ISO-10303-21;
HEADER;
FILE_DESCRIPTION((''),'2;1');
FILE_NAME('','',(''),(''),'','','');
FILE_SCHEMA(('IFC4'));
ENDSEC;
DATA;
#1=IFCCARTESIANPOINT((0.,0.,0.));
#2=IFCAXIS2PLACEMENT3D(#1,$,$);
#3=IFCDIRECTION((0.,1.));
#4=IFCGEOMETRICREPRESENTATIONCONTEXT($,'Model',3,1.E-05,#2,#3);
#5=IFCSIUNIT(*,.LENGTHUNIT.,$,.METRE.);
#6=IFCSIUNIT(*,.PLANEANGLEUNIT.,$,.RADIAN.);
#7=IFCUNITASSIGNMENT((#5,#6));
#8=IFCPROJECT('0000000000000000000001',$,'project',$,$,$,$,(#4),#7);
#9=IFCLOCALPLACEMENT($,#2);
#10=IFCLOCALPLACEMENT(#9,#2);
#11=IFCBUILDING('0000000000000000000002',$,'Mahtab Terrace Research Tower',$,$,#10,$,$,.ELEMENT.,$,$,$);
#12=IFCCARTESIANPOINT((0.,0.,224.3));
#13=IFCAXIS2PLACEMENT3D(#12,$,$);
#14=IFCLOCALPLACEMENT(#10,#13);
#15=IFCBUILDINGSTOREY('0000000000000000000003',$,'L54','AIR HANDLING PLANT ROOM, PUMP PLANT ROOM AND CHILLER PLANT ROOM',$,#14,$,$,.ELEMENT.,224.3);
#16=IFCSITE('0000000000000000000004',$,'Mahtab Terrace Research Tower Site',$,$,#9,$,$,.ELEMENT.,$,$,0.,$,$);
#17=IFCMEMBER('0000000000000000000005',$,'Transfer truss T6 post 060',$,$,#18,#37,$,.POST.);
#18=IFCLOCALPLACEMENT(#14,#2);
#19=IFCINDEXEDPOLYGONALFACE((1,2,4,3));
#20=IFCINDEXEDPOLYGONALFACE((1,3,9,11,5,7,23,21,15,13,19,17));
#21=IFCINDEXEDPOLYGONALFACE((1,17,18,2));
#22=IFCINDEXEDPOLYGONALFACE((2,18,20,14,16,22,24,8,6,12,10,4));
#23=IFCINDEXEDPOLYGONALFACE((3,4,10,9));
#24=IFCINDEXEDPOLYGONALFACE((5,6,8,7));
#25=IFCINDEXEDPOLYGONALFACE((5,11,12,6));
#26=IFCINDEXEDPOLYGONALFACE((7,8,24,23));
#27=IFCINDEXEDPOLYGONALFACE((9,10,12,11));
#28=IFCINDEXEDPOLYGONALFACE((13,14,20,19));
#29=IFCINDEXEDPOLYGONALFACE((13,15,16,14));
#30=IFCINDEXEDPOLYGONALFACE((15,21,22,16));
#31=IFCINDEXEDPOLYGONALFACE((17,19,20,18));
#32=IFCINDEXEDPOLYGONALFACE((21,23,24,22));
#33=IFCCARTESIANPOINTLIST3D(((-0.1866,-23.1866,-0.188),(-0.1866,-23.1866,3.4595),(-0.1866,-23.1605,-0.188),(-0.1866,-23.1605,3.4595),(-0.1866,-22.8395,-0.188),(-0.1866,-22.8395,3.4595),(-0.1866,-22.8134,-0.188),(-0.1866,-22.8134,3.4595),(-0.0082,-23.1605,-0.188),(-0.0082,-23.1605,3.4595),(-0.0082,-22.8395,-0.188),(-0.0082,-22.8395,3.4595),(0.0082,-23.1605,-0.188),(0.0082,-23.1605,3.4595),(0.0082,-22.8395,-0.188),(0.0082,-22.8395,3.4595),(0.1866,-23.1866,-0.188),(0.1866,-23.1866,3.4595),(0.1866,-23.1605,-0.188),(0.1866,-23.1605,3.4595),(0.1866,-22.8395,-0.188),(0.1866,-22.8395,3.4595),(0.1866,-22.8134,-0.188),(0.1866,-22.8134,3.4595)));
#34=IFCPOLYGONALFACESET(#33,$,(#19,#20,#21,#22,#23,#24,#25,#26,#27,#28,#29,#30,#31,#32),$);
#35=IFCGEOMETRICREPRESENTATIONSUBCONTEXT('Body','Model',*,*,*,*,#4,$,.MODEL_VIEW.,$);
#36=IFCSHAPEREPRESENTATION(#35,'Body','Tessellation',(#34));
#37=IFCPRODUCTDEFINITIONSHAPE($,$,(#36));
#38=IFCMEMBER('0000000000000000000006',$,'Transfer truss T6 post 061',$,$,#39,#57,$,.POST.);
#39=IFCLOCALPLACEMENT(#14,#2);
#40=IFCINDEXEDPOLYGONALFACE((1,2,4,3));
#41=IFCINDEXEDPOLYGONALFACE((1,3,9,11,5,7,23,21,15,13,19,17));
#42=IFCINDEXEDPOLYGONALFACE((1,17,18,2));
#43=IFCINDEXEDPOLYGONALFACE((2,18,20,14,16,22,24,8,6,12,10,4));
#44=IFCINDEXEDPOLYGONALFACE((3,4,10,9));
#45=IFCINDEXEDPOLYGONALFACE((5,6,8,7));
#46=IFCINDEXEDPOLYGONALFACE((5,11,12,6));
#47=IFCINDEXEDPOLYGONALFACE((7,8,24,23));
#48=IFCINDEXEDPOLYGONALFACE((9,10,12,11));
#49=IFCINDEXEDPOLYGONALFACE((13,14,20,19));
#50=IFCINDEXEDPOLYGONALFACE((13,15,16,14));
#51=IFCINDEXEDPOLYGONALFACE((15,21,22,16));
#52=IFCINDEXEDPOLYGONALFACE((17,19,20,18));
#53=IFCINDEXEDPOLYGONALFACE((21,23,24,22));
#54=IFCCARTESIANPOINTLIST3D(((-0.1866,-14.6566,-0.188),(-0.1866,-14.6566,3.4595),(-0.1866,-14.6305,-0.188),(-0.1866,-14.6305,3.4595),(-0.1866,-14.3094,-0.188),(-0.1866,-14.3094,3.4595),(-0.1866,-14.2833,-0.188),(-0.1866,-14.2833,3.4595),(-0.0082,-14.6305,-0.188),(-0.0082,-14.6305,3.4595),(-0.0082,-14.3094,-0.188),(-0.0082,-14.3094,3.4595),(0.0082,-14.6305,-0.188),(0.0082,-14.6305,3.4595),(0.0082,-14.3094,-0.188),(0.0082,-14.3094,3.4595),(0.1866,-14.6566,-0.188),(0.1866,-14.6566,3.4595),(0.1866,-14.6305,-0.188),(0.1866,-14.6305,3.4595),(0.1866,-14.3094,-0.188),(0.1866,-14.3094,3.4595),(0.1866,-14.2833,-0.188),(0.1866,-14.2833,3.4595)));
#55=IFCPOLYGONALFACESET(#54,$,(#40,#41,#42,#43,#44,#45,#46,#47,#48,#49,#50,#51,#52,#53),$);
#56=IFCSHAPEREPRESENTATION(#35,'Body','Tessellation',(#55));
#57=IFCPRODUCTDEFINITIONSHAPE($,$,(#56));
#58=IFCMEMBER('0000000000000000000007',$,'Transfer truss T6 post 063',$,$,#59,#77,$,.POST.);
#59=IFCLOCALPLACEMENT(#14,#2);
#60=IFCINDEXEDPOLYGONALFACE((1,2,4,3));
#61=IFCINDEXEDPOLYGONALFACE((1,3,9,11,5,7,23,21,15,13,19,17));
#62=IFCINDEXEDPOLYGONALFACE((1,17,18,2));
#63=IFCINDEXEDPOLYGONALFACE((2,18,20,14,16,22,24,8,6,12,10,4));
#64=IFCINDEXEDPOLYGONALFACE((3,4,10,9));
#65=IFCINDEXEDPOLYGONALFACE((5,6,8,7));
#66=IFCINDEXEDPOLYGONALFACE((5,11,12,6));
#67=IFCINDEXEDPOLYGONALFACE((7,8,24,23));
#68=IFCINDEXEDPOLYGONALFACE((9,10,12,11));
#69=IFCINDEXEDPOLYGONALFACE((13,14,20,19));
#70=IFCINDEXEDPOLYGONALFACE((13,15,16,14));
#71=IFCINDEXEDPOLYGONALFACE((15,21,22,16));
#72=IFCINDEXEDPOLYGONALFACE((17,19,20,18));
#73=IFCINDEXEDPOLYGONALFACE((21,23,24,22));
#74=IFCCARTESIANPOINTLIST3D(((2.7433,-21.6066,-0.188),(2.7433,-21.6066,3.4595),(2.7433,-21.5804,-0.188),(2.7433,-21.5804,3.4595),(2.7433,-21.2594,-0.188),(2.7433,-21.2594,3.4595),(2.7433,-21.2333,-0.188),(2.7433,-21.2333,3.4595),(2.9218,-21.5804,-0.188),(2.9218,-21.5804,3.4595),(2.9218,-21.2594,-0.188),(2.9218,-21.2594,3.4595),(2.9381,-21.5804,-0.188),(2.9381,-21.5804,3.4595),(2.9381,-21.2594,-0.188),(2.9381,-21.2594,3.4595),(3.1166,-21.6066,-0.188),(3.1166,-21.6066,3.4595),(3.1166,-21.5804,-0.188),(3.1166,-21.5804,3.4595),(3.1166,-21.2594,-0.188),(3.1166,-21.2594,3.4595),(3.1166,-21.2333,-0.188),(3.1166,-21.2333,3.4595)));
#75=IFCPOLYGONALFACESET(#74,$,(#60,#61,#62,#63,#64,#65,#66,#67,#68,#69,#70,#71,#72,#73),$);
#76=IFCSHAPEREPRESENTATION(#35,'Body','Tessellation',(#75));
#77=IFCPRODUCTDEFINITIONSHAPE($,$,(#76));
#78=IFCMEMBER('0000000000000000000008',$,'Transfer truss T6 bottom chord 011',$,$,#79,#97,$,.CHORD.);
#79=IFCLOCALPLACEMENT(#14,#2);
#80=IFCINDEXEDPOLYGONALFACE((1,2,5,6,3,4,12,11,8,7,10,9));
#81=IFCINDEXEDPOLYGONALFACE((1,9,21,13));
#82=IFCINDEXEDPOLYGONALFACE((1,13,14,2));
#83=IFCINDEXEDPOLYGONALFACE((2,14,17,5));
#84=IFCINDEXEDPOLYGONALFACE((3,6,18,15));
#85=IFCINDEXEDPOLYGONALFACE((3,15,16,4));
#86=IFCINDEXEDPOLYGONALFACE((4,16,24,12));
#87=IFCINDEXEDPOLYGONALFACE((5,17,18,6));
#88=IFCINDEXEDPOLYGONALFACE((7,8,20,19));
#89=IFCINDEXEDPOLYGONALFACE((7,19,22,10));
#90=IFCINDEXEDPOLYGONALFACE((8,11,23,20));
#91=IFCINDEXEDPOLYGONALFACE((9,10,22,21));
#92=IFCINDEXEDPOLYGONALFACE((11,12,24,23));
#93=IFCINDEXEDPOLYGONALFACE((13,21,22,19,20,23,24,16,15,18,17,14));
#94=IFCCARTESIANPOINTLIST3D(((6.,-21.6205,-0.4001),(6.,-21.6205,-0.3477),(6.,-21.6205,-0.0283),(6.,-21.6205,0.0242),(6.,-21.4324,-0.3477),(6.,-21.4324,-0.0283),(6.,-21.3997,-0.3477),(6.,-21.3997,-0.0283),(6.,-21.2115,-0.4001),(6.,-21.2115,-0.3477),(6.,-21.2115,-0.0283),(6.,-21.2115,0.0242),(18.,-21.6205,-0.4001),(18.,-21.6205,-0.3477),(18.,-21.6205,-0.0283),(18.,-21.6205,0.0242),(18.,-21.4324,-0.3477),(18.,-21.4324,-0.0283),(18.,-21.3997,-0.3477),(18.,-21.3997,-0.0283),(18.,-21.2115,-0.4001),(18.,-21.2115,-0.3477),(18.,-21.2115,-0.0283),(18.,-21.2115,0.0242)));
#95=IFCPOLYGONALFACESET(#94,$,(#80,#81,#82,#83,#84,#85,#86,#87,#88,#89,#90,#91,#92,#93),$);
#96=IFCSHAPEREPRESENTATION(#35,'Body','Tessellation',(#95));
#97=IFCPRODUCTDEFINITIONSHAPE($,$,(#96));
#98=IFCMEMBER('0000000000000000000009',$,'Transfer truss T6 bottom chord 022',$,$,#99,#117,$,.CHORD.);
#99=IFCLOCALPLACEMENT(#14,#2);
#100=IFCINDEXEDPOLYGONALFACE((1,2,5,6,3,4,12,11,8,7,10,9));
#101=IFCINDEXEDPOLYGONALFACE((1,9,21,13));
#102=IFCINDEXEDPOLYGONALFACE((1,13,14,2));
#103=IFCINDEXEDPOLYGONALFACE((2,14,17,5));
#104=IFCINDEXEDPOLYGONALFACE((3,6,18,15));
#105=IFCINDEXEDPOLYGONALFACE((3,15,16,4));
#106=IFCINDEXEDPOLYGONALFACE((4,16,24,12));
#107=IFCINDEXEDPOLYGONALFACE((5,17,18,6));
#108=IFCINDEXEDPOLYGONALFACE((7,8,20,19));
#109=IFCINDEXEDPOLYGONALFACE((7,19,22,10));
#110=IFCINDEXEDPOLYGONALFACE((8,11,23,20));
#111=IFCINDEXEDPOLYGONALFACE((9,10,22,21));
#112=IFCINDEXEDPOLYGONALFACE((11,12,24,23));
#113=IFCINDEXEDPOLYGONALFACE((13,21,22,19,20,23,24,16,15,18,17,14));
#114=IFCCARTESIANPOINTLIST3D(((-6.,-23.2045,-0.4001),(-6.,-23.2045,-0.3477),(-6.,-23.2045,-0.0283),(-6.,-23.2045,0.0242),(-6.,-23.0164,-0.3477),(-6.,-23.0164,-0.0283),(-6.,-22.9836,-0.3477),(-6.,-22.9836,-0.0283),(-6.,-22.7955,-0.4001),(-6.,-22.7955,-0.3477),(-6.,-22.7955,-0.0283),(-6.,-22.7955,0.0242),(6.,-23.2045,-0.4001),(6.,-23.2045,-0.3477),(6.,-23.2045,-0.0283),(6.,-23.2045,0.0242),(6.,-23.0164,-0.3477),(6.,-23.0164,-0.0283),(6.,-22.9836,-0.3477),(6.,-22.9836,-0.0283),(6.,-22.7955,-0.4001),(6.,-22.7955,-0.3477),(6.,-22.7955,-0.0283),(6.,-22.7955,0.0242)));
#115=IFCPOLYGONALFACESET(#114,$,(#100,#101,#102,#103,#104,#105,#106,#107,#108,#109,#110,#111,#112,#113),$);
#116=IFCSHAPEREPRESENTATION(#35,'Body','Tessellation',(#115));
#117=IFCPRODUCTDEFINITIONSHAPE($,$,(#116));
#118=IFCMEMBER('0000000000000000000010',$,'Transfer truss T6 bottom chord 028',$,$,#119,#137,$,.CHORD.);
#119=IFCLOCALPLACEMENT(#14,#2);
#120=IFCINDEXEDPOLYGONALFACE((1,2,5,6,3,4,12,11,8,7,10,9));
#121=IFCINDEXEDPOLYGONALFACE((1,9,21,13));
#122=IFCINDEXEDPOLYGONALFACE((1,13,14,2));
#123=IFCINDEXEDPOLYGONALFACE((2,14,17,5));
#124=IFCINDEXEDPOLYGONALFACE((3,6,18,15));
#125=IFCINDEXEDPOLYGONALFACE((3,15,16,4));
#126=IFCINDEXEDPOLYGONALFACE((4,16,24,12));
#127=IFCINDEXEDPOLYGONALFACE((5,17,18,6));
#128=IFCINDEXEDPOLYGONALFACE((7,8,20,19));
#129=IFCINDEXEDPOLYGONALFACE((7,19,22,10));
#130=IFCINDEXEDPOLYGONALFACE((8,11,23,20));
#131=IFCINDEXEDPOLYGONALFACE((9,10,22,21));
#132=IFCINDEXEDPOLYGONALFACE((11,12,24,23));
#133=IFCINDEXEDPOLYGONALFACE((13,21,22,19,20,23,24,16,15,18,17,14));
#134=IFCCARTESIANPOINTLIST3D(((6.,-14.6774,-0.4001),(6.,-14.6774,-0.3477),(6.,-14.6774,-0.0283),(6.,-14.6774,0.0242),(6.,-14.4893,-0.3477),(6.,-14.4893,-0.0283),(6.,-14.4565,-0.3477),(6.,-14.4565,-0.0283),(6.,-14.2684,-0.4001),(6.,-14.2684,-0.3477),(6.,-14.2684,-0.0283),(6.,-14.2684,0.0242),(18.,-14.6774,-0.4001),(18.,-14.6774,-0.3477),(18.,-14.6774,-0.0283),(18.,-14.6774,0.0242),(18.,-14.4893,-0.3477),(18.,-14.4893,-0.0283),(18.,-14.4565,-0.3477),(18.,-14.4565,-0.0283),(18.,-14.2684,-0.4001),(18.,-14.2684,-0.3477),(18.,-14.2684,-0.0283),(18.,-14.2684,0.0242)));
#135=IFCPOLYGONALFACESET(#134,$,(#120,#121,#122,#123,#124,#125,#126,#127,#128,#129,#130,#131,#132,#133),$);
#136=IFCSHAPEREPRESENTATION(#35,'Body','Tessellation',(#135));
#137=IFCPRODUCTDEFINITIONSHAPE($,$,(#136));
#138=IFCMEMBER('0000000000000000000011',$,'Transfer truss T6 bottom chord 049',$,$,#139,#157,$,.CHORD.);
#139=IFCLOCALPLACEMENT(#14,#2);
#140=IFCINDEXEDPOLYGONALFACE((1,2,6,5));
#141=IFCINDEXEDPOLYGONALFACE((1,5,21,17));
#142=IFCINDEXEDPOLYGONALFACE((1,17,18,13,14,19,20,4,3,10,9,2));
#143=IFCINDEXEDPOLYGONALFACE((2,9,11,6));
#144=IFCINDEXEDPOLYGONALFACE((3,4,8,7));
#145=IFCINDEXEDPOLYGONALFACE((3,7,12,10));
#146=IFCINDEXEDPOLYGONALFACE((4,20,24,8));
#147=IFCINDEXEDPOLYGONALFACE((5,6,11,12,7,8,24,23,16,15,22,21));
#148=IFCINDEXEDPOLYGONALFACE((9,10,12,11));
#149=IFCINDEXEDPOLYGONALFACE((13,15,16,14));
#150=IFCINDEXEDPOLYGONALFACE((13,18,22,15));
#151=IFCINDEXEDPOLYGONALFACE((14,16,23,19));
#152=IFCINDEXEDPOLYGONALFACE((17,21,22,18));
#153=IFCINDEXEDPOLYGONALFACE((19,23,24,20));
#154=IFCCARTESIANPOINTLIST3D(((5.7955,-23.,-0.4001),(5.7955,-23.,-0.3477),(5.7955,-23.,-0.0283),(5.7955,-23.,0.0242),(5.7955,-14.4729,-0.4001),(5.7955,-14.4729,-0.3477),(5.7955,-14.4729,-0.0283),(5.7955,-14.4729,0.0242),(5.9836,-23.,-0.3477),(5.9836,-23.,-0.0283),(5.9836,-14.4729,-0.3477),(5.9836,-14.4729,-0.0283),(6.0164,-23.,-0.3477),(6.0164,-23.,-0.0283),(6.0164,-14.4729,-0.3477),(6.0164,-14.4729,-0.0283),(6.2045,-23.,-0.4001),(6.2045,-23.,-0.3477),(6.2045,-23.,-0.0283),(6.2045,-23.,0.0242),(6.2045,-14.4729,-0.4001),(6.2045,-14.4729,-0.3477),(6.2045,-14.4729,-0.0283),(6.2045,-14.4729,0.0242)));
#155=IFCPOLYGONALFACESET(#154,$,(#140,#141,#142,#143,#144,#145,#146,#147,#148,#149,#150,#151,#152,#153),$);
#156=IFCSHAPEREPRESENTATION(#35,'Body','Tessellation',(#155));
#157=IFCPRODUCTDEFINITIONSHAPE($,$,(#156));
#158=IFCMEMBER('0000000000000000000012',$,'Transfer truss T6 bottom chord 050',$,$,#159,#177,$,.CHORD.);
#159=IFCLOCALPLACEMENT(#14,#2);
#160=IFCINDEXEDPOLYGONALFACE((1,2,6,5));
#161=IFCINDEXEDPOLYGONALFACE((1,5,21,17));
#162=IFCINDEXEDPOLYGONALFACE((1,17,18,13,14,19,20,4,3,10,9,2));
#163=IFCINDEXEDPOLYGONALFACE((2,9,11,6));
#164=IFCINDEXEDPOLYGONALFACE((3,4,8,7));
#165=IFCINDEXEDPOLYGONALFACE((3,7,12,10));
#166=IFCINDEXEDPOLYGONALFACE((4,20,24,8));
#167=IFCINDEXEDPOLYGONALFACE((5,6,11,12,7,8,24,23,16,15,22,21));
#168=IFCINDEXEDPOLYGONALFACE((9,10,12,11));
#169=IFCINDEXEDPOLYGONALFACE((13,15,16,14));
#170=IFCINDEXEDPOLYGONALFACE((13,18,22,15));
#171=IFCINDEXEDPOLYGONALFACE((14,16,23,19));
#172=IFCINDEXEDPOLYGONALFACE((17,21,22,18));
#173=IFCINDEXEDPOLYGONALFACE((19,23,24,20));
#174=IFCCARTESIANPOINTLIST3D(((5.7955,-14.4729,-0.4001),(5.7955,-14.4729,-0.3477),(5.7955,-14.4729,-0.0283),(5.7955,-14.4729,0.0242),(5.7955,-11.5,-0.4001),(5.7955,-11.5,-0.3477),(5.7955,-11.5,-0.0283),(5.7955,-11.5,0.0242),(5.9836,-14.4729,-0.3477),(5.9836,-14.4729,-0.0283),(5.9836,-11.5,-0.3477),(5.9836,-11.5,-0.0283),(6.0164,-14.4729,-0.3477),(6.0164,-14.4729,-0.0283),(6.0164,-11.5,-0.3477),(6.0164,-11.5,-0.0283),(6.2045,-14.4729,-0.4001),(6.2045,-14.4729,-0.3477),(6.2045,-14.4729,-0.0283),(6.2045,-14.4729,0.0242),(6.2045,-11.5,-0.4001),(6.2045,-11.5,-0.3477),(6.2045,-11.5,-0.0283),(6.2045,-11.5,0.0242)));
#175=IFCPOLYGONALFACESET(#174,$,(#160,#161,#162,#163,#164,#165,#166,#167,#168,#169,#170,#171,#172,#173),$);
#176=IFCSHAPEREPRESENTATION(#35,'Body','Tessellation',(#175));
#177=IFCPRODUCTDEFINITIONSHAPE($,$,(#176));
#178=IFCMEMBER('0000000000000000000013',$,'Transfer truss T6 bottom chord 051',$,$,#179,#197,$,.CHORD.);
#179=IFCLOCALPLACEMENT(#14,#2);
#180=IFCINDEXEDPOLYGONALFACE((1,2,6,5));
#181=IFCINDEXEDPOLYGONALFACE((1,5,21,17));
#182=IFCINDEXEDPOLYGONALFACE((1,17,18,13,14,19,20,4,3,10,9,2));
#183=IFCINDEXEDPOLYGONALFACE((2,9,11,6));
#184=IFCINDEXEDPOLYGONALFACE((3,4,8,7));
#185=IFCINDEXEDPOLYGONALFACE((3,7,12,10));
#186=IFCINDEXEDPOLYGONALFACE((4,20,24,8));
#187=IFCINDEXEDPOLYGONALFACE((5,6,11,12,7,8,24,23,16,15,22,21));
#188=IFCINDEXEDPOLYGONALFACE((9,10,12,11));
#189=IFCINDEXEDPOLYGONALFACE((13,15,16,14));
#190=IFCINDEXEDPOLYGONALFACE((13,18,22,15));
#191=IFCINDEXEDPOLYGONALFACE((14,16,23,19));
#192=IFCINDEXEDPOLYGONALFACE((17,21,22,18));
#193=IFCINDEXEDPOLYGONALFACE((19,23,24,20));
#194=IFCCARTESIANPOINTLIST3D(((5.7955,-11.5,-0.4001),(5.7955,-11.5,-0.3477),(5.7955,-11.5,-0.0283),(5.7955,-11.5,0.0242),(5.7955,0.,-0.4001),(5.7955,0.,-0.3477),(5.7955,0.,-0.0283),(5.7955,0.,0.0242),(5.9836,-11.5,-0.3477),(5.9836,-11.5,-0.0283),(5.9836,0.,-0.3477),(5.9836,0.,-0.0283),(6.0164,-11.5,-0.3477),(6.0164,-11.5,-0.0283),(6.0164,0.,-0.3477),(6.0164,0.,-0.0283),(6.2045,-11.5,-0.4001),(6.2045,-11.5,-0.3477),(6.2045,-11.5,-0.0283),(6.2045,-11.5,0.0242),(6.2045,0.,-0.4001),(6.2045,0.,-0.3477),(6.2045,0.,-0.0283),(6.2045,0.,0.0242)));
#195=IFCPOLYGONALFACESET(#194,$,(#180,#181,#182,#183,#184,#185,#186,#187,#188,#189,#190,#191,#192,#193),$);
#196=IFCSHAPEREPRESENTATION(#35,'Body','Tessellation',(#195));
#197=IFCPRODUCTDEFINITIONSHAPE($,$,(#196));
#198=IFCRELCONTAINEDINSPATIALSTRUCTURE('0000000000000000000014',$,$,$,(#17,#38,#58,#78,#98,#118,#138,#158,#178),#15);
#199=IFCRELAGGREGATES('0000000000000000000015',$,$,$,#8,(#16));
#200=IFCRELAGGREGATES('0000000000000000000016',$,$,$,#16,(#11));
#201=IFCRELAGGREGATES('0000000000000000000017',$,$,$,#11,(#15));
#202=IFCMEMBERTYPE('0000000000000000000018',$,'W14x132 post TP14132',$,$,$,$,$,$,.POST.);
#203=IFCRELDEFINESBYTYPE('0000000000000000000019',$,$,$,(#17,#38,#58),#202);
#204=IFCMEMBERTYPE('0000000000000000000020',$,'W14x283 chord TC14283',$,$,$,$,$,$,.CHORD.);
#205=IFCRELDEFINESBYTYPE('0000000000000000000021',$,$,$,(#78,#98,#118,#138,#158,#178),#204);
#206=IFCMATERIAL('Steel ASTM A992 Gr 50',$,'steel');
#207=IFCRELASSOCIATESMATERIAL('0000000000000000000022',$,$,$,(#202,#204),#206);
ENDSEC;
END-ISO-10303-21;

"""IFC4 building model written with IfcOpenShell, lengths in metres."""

from ifc_helpers import new_model, si_unit, direction, frame, origin, origin_2d, place, context, subcontext, project, spatial, i_section, extrude, material, material_profile, profile_set, type_object, element, save


model = new_model("IFC4")

# Units and contexts
model_context = context("Model", 3, precision=1e-05, world=origin(), true_north=direction((0.0, 1.0)))
body_context = subcontext(model_context, "Body", "Model", "MODEL_VIEW")
ifc_project = project(units=[si_unit("LENGTHUNIT", "METRE"), si_unit("PLANEANGLEUNIT", "RADIAN")], contexts=[model_context])

# Site, building, storey
site_placement = place(None, origin())
site = spatial("IfcSite", under=ifc_project, at=site_placement, Name="Mahtab Terrace Research Tower Site", CompositionType="ELEMENT", RefElevation=0.0)
building_placement = place(site_placement, origin())
building = spatial("IfcBuilding", under=site, at=building_placement, Name="Mahtab Terrace Research Tower", CompositionType="ELEMENT")
storey_placement = place(building_placement, frame((0.0, 0.0, 224.3)))
storey = spatial("IfcBuildingStorey", under=building, at=storey_placement, Name="L54", Description="AIR HANDLING PLANT ROOM, PUMP PLANT ROOM AND CHILLER PLANT ROOM", CompositionType="ELEMENT", Elevation=224.3)

# Shared definitions
ifc_material_1 = material(Name="Steel ASTM A992 Gr 50", Category="steel")

# Members
ifc_material_profile_1 = material_profile(ifc_material_1, i_section(OverallWidth=0.3733, OverallDepth=0.3733, WebThickness=0.0164, FlangeThickness=0.0261, at=origin_2d()), Name="W14X132")
ifc_profile_set_1 = profile_set([ifc_material_profile_1], Name="Steel ASTM A992 Gr 50")
member_type_1 = type_object("IfcMemberType", Name="W14x132 post TP14132", PredefinedType="POST", material=ifc_profile_set_1)
for number, where, z_axis, x_axis, name in (
    (1, (0.0, -23.0, -0.188), (0.0, 0.0, 1.0), (1.0, 0.0, 0.0), "Transfer truss T6 post 060"),
    (2, (0.0, -14.47, -0.188), (0.0, 0.0, 1.0), (1.0, 0.0, 0.0), "Transfer truss T6 post 061"),
    (3, (2.9299, -21.4199, -0.188), (0.0, 0.0, 1.0), (1.0, 0.0, 0.0), "Transfer truss T6 post 063"),
):
    element("IfcMember", number, at=place(storey_placement, frame(where, z_axis=z_axis, x_axis=x_axis)), inside=storey, type_object=member_type_1, Name=name, PredefinedType="POST", context=body_context, shape_type="SweptSolid", body=[
        extrude(i_section(OverallWidth=0.3733, OverallDepth=0.3733, WebThickness=0.0164, FlangeThickness=0.0261, at=origin_2d()), origin(), (0.0, 0.0, 1.0), 3.6475),
    ])
ifc_material_profile_2 = material_profile(ifc_material_1, i_section(OverallWidth=0.4089, OverallDepth=0.4243, WebThickness=0.0327, FlangeThickness=0.0525, at=origin_2d()), Name="W14X283")
ifc_profile_set_2 = profile_set([ifc_material_profile_2], Name="Steel ASTM A992 Gr 50")
member_type_2 = type_object("IfcMemberType", Name="W14x283 chord TC14283", PredefinedType="CHORD", material=ifc_profile_set_2)
for number, where, z_axis, x_axis, name in (
    (4, (6.0, -21.416, -0.188), (1.0, 0.0, 0.0), (0.0, 1.0, 0.0), "Transfer truss T6 bottom chord 011"),
    (5, (6.0, -23.0, -0.188), (-1.0, 0.0, 0.0), (0.0, -1.0, 0.0), "Transfer truss T6 bottom chord 022"),
    (6, (6.0, -14.4729, -0.188), (1.0, 0.0, 0.0), (0.0, 1.0, 0.0), "Transfer truss T6 bottom chord 028"),
):
    element("IfcMember", number, at=place(storey_placement, frame(where, z_axis=z_axis, x_axis=x_axis)), inside=storey, type_object=member_type_2, Name=name, PredefinedType="CHORD", context=body_context, shape_type="SweptSolid", body=[
        extrude(i_section(OverallWidth=0.4089, OverallDepth=0.4243, WebThickness=0.0327, FlangeThickness=0.0525, at=origin_2d()), origin(), (0.0, 0.0, 1.0), 12.0),
    ])
member_1_placement = place(storey_placement, frame((6.0, -23.0, -0.188), z_axis=(0.0, 1.0, 0.0), x_axis=(-1.0, 0.0, 0.0)))
element("IfcMember", 7, at=member_1_placement, inside=storey, type_object=member_type_2, Name="Transfer truss T6 bottom chord 049", PredefinedType="CHORD", context=body_context, shape_type="SweptSolid", body=[
    extrude(i_section(OverallWidth=0.4089, OverallDepth=0.4243, WebThickness=0.0327, FlangeThickness=0.0525, at=origin_2d()), origin(), (0.0, 0.0, 1.0), 8.5271),
])
member_2_placement = place(storey_placement, frame((6.0, -14.4729, -0.188), z_axis=(0.0, 1.0, 0.0), x_axis=(-1.0, 0.0, 0.0)))
element("IfcMember", 8, at=member_2_placement, inside=storey, type_object=member_type_2, Name="Transfer truss T6 bottom chord 050", PredefinedType="CHORD", context=body_context, shape_type="SweptSolid", body=[
    extrude(i_section(OverallWidth=0.4089, OverallDepth=0.4243, WebThickness=0.0327, FlangeThickness=0.0525, at=origin_2d()), origin(), (0.0, 0.0, 1.0), 2.9729),
])
member_3_placement = place(storey_placement, frame((6.0, -11.5, -0.188), z_axis=(0.0, 1.0, 0.0), x_axis=(-1.0, 0.0, 0.0)))
element("IfcMember", 9, at=member_3_placement, inside=storey, type_object=member_type_2, Name="Transfer truss T6 bottom chord 051", PredefinedType="CHORD", context=body_context, shape_type="SweptSolid", body=[
    extrude(i_section(OverallWidth=0.4089, OverallDepth=0.4243, WebThickness=0.0327, FlangeThickness=0.0525, at=origin_2d()), origin(), (0.0, 0.0, 1.0), 11.5),
])

save(model, "model.ifc")
